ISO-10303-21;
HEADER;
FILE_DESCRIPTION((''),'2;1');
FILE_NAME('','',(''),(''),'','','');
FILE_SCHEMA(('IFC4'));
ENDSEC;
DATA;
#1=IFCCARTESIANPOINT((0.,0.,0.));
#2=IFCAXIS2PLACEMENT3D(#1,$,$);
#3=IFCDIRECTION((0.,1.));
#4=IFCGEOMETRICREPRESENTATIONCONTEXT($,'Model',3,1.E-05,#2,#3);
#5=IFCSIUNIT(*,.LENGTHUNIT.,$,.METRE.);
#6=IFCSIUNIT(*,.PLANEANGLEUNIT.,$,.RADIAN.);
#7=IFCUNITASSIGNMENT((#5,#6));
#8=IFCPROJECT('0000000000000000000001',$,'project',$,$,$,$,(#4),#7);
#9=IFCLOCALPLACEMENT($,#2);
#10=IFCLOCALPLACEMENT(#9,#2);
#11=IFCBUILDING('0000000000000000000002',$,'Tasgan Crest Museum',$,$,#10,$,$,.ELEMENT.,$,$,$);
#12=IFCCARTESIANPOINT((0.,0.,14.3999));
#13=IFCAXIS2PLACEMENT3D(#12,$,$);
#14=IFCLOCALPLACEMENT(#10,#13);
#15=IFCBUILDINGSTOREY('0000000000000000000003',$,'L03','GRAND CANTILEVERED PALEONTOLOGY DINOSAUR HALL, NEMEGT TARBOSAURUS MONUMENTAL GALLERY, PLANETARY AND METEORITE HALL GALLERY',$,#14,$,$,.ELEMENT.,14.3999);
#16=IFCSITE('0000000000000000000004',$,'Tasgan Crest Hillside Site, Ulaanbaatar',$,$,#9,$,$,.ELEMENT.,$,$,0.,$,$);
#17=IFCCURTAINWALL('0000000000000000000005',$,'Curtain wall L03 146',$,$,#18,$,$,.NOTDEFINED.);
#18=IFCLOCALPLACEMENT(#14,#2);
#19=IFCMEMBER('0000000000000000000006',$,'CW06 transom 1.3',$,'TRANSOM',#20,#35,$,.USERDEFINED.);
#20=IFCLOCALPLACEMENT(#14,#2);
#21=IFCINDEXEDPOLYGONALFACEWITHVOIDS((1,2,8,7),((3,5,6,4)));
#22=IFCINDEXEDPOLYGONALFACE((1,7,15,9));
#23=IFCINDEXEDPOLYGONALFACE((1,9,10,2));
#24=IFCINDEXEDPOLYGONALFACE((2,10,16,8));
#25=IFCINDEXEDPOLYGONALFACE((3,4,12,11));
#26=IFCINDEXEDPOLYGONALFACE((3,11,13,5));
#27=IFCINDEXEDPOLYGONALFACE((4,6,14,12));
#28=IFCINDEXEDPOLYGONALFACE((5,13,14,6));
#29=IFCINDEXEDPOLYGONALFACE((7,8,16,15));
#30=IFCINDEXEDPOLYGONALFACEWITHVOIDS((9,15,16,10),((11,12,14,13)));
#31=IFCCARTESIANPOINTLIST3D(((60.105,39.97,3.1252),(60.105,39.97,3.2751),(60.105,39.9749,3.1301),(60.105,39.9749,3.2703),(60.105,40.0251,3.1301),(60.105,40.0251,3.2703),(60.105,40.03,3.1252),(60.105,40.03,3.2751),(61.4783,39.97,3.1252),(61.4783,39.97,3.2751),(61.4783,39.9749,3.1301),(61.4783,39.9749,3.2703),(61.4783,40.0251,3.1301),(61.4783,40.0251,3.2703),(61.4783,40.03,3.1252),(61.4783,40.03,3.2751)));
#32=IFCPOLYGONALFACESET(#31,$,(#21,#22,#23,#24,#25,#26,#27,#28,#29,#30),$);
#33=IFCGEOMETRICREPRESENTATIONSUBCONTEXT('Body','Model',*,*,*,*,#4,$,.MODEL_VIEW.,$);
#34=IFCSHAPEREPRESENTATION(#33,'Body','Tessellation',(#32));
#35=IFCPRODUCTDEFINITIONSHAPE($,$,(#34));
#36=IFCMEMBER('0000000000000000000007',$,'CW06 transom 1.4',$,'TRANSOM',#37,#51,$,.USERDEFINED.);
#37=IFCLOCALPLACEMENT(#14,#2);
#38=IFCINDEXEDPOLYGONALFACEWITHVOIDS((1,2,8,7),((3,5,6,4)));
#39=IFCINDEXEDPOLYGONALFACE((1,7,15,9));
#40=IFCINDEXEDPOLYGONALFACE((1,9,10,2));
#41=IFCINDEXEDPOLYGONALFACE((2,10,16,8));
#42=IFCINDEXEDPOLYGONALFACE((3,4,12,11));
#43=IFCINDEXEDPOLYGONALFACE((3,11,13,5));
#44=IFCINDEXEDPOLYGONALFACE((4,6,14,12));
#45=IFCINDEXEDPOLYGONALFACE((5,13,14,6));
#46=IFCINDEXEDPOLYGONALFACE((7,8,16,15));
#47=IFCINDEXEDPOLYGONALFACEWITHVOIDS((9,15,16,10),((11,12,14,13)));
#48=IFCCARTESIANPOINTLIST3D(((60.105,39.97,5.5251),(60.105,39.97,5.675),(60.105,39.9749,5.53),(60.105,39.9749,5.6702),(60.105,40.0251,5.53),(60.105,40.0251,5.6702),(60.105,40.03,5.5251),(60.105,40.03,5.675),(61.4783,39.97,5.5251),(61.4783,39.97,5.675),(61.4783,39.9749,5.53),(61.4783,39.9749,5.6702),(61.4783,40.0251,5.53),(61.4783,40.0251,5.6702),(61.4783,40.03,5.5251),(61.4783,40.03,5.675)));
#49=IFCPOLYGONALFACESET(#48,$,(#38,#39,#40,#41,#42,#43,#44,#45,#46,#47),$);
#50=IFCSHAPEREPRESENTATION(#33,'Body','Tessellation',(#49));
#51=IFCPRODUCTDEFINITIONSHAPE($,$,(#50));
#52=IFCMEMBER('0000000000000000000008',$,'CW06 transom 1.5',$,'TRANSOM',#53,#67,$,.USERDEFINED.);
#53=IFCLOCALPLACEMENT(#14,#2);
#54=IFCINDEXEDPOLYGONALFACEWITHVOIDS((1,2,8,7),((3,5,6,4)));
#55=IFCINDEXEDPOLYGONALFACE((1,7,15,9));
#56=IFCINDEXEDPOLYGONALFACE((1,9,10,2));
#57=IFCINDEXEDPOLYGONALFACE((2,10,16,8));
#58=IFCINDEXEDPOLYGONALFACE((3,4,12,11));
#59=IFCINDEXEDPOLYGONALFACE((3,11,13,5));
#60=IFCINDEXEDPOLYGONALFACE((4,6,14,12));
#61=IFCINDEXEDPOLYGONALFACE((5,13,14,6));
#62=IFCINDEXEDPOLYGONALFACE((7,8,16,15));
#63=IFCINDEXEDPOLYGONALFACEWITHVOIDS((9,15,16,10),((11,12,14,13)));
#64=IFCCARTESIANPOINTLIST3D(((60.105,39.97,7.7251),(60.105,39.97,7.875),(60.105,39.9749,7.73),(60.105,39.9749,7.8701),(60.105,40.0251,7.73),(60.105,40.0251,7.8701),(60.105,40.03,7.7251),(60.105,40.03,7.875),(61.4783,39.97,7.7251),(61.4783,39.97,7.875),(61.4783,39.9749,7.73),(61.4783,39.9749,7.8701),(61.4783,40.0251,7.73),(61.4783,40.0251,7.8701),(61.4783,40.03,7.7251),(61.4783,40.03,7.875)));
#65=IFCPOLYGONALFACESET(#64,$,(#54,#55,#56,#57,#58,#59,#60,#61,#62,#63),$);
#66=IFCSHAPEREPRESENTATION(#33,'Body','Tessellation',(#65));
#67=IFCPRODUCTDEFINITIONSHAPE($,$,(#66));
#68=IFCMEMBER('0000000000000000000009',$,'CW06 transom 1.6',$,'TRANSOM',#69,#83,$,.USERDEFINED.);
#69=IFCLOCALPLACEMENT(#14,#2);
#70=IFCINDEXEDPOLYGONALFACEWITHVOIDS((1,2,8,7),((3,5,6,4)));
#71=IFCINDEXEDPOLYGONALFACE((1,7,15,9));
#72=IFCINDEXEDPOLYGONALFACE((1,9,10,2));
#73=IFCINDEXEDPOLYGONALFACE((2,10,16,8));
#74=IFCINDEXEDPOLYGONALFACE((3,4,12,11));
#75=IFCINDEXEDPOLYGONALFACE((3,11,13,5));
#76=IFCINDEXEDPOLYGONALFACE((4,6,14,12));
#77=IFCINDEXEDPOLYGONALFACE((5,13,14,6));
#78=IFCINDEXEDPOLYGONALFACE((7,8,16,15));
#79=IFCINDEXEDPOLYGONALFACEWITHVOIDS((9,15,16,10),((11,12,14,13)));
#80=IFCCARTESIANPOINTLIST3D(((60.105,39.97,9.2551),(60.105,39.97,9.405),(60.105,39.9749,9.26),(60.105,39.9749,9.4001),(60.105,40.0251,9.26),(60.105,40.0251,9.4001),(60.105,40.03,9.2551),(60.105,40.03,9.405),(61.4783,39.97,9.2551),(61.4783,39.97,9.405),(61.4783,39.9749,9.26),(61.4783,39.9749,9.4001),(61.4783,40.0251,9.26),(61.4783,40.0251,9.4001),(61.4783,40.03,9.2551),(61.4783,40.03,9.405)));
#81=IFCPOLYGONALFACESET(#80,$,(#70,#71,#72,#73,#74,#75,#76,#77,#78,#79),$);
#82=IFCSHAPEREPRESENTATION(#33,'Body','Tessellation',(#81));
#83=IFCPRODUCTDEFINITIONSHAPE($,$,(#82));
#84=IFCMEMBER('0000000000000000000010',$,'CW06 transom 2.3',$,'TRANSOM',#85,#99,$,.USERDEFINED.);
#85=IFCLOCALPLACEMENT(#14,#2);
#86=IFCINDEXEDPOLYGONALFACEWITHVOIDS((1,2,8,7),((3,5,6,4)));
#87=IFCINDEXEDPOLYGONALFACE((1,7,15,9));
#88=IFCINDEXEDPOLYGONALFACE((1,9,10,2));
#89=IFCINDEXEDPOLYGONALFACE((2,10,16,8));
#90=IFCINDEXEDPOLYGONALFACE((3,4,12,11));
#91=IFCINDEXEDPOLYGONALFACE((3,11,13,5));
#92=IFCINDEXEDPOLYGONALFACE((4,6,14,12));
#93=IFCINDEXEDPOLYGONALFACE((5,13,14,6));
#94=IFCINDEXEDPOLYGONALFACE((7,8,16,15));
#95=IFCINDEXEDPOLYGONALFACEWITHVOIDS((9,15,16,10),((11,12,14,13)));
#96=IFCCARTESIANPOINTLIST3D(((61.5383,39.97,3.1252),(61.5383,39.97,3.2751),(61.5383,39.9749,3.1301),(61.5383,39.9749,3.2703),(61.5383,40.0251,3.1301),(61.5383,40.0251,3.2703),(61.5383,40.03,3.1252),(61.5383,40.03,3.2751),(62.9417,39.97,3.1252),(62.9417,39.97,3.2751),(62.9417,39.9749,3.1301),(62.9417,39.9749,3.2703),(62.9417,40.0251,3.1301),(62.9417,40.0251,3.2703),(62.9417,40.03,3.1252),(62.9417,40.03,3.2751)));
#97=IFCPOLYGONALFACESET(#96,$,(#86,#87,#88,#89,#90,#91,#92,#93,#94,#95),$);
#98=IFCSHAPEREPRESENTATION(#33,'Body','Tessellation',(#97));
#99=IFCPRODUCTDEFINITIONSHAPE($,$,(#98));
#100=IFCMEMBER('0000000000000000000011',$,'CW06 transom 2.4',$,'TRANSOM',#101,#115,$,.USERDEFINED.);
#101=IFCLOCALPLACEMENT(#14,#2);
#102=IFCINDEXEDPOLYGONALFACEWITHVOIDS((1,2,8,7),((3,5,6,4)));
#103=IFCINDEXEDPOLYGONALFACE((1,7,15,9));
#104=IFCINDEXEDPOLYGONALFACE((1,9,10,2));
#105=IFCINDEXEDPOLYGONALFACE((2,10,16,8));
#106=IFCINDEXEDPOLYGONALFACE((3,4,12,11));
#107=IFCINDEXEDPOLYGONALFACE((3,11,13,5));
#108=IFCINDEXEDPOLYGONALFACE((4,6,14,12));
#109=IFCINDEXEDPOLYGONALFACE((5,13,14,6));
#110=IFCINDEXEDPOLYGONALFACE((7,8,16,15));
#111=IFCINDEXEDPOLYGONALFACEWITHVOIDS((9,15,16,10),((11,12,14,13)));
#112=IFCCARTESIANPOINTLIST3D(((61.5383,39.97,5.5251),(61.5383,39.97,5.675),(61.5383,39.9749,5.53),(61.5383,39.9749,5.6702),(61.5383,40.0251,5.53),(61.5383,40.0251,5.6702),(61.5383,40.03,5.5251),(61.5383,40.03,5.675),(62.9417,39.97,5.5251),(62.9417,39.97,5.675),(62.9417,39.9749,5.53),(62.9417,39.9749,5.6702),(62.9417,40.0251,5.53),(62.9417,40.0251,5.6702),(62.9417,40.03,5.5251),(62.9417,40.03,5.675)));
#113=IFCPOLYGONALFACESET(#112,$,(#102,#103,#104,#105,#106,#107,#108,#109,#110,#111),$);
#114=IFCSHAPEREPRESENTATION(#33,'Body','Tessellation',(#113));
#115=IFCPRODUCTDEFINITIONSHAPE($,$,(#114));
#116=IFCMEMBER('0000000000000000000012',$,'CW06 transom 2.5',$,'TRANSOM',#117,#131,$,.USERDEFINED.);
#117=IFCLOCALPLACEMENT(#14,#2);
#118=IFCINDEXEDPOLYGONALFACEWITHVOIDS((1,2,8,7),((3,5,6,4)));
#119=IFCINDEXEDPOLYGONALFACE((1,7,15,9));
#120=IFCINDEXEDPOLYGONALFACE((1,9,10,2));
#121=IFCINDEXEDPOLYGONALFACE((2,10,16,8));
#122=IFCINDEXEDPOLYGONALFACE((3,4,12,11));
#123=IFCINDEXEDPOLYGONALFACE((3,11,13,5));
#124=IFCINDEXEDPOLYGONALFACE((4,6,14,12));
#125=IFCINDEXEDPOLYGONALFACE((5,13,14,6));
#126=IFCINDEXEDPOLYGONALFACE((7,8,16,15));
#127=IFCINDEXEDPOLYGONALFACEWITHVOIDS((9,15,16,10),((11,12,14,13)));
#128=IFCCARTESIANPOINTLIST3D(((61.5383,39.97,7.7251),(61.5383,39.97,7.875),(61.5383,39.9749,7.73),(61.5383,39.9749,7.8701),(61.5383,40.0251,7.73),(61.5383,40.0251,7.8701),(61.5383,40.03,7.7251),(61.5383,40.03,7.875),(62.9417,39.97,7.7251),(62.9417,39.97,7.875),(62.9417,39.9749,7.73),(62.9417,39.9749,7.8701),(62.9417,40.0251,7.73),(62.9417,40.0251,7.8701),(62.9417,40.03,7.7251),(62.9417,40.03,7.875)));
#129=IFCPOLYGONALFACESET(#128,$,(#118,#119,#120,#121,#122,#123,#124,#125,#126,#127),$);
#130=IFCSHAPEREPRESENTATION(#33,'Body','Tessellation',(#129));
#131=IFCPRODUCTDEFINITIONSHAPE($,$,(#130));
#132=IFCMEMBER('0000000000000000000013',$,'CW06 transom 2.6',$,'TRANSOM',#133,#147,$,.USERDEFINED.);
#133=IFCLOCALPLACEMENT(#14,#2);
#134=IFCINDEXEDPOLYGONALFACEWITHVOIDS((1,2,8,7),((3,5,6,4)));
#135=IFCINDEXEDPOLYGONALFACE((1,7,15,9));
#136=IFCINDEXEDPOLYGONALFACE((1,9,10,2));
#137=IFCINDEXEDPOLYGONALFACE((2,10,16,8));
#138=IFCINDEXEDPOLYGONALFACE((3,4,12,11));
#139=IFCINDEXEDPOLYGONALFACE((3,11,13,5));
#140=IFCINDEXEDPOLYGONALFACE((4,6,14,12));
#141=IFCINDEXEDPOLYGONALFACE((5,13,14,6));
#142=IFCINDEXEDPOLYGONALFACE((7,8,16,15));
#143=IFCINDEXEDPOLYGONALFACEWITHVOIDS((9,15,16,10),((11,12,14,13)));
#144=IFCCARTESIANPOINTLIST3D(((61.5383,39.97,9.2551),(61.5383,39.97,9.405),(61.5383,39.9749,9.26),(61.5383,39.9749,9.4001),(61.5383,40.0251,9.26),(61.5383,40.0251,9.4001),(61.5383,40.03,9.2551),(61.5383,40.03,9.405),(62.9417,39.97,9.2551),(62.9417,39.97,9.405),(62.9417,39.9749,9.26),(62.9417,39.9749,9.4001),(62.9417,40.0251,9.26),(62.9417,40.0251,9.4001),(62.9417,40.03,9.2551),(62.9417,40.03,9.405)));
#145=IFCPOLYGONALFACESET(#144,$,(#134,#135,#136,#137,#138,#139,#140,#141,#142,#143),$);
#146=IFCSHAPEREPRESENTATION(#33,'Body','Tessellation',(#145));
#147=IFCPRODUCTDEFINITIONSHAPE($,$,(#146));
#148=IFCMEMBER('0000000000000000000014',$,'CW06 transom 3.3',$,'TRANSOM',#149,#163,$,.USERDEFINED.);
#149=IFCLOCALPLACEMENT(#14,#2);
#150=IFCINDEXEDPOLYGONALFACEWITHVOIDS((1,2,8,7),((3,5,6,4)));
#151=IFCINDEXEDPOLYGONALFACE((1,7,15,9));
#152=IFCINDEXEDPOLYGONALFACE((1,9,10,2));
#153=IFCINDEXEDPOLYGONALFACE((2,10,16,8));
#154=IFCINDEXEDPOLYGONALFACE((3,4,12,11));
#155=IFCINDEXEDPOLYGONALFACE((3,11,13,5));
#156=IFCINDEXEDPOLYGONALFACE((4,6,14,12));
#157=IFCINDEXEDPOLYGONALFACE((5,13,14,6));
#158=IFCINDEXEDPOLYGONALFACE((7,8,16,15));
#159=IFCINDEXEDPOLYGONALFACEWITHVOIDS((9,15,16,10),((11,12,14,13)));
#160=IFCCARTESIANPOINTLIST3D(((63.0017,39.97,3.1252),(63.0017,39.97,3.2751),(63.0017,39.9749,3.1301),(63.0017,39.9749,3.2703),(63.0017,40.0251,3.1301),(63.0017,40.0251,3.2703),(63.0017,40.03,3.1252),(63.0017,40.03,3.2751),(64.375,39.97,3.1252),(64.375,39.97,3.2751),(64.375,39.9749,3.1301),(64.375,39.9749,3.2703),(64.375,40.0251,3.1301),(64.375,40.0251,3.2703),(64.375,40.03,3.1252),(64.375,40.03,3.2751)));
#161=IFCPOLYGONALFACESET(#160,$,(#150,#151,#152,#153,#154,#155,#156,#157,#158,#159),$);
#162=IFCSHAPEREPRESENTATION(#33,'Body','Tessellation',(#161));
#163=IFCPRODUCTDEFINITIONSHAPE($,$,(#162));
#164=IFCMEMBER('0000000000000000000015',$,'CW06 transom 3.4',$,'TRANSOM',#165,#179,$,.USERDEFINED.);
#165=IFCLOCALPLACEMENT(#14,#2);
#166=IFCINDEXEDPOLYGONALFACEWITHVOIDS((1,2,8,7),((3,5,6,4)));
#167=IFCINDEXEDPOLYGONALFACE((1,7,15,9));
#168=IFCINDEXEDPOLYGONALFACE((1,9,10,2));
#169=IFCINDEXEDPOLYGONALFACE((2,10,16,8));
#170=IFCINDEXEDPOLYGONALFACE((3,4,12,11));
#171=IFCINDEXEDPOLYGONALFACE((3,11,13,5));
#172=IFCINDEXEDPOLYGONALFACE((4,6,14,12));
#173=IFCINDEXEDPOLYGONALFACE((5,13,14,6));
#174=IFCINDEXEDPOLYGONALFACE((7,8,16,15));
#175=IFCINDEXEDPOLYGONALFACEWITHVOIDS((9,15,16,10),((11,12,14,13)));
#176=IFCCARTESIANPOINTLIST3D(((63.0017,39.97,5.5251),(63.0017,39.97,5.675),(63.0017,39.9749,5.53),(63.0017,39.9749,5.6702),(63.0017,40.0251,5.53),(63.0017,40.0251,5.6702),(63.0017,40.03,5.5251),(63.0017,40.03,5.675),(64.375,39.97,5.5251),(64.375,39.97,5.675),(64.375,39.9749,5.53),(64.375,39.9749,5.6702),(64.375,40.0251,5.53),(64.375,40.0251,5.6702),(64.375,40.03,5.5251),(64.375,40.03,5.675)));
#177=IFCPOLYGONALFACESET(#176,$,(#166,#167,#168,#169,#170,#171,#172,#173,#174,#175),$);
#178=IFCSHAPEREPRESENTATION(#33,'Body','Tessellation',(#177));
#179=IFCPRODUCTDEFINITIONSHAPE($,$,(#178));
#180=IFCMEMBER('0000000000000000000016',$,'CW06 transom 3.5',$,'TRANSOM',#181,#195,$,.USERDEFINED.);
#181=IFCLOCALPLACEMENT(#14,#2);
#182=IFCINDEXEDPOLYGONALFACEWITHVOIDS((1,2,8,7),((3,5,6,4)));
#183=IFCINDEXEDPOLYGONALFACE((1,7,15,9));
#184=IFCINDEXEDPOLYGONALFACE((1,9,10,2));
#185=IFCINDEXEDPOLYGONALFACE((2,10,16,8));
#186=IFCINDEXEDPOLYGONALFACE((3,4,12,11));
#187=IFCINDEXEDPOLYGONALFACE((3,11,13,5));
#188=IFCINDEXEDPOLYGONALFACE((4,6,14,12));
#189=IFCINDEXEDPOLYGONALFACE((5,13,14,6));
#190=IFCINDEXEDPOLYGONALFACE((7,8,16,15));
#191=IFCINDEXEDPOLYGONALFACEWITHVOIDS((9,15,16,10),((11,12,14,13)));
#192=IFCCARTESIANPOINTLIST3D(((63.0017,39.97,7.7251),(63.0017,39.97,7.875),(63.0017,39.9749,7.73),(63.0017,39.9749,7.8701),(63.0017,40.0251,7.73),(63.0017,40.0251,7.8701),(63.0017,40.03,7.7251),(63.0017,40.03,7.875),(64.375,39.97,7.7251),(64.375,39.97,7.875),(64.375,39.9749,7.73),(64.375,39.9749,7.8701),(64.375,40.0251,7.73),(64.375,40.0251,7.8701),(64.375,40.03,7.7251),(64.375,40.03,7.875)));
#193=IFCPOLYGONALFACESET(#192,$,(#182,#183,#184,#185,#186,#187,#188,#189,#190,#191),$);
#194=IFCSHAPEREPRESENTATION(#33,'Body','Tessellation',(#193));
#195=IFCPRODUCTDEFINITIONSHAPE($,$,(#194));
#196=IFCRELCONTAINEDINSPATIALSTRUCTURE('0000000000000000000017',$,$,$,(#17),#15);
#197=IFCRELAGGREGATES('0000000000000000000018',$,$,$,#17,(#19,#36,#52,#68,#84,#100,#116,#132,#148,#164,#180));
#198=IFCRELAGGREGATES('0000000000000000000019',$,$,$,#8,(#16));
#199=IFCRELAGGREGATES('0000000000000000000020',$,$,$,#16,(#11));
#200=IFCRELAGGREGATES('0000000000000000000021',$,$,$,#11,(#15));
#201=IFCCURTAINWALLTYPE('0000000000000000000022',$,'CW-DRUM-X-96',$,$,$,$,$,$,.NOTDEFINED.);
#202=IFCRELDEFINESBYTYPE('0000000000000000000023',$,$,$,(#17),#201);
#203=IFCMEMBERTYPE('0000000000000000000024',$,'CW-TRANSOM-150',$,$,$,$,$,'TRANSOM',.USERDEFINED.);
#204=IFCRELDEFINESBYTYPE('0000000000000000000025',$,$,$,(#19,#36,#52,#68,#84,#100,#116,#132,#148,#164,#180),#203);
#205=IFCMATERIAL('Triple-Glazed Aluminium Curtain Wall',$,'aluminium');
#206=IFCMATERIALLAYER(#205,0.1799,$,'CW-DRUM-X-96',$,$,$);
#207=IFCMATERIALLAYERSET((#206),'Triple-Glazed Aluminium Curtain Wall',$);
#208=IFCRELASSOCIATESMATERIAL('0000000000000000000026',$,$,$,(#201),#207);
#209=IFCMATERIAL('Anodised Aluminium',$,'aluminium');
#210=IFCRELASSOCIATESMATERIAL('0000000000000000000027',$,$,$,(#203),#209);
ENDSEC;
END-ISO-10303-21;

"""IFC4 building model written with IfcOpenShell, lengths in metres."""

from ifc_helpers import new_model, si_unit, direction, frame, origin, origin_2d, place, context, subcontext, project, spatial, hollow_rectangle, extrude, material, layer, layer_set, material_profile, profile_set, type_object, element, aggregate, save


model = new_model("IFC4")

# Units and contexts
model_context = context("Model", 3, precision=1e-05, world=origin(), true_north=direction((0.0, 1.0)))
body_context = subcontext(model_context, "Body", "Model", "MODEL_VIEW")
ifc_project = project(units=[si_unit("LENGTHUNIT", "METRE"), si_unit("PLANEANGLEUNIT", "RADIAN")], contexts=[model_context])

# Site, building, storey
site_placement = place(None, origin())
site = spatial("IfcSite", under=ifc_project, at=site_placement, Name="Tasgan Crest Hillside Site, Ulaanbaatar", CompositionType="ELEMENT", RefElevation=0.0)
building_placement = place(site_placement, origin())
building = spatial("IfcBuilding", under=site, at=building_placement, Name="Tasgan Crest Museum", CompositionType="ELEMENT")
storey_placement = place(building_placement, frame((0.0, 0.0, 14.3999)))
storey = spatial("IfcBuildingStorey", under=building, at=storey_placement, Name="L03", Description="GRAND CANTILEVERED PALEONTOLOGY DINOSAUR HALL, NEMEGT TARBOSAURUS MONUMENTAL GALLERY, PLANETARY AND METEORITE HALL GALLERY", CompositionType="ELEMENT", Elevation=14.3999)

# Curtain wall, members
ifc_material_1 = material(Name="Triple-Glazed Aluminium Curtain Wall", Category="aluminium")
ifc_layer_1 = layer(ifc_material_1, 0.1799, Name="CW-DRUM-X-96")
ifc_layer_set_1 = layer_set([ifc_layer_1], Name="Triple-Glazed Aluminium Curtain Wall")
curtain_wall_type = type_object("IfcCurtainWallType", Name="CW-DRUM-X-96", PredefinedType="NOTDEFINED", material=ifc_layer_set_1)
curtain_wall_1_placement = place(storey_placement, origin())
curtain_wall_1 = element("IfcCurtainWall", 1, at=curtain_wall_1_placement, inside=storey, type_object=curtain_wall_type, Name="Curtain wall L03 146", PredefinedType="NOTDEFINED")
ifc_material_2 = material(Name="Anodised Aluminium", Category="aluminium")
ifc_material_profile = material_profile(ifc_material_2, hollow_rectangle(XDim=0.0601, YDim=0.1499, WallThickness=0.0049, at=origin_2d()), Name="ALU TRANSOM 150x60x5")
ifc_profile_set = profile_set([ifc_material_profile], Name="Anodised Aluminium")
member_type = type_object("IfcMemberType", Name="CW-TRANSOM-150", ElementType="TRANSOM", PredefinedType="USERDEFINED", material=ifc_profile_set)
member_1_placement = place(storey_placement, frame((60.105, 40.0, 3.2002), z_axis=(1.0, 0.0, 0.0), x_axis=(0.0, 1.0, 0.0)))
member_1 = element("IfcMember", 2, at=member_1_placement, type_object=member_type, Name="CW06 transom 1.3", ObjectType="TRANSOM", PredefinedType="USERDEFINED", context=body_context, shape_type="SweptSolid", body=[
    extrude(hollow_rectangle(XDim=0.0601, YDim=0.1499, WallThickness=0.0049, at=origin_2d()), origin(), (0.0, 0.0, 1.0), 1.3733),
])
member_2_placement = place(storey_placement, frame((60.105, 40.0, 5.6001), z_axis=(1.0, 0.0, 0.0), x_axis=(0.0, 1.0, 0.0)))
member_2 = element("IfcMember", 3, at=member_2_placement, type_object=member_type, Name="CW06 transom 1.4", ObjectType="TRANSOM", PredefinedType="USERDEFINED", context=body_context, shape_type="SweptSolid", body=[
    extrude(hollow_rectangle(XDim=0.0601, YDim=0.1499, WallThickness=0.0049, at=origin_2d()), origin(), (0.0, 0.0, 1.0), 1.3733),
])
member_3_placement = place(storey_placement, frame((60.105, 40.0, 7.8), z_axis=(1.0, 0.0, 0.0), x_axis=(0.0, 1.0, 0.0)))
member_3 = element("IfcMember", 4, at=member_3_placement, type_object=member_type, Name="CW06 transom 1.5", ObjectType="TRANSOM", PredefinedType="USERDEFINED", context=body_context, shape_type="SweptSolid", body=[
    extrude(hollow_rectangle(XDim=0.0601, YDim=0.1499, WallThickness=0.0049, at=origin_2d()), origin(), (0.0, 0.0, 1.0), 1.3733),
])
member_4_placement = place(storey_placement, frame((60.105, 40.0, 9.3301), z_axis=(1.0, 0.0, 0.0), x_axis=(0.0, 1.0, 0.0)))
member_4 = element("IfcMember", 5, at=member_4_placement, type_object=member_type, Name="CW06 transom 1.6", ObjectType="TRANSOM", PredefinedType="USERDEFINED", context=body_context, shape_type="SweptSolid", body=[
    extrude(hollow_rectangle(XDim=0.0601, YDim=0.1499, WallThickness=0.0049, at=origin_2d()), origin(), (0.0, 0.0, 1.0), 1.3733),
])
member_5_placement = place(storey_placement, frame((61.5383, 40.0, 3.2002), z_axis=(1.0, 0.0, 0.0), x_axis=(0.0, 1.0, 0.0)))
member_5 = element("IfcMember", 6, at=member_5_placement, type_object=member_type, Name="CW06 transom 2.3", ObjectType="TRANSOM", PredefinedType="USERDEFINED", context=body_context, shape_type="SweptSolid", body=[
    extrude(hollow_rectangle(XDim=0.0601, YDim=0.1499, WallThickness=0.0049, at=origin_2d()), origin(), (0.0, 0.0, 1.0), 1.4033),
])
member_6_placement = place(storey_placement, frame((61.5383, 40.0, 5.6001), z_axis=(1.0, 0.0, 0.0), x_axis=(0.0, 1.0, 0.0)))
member_6 = element("IfcMember", 7, at=member_6_placement, type_object=member_type, Name="CW06 transom 2.4", ObjectType="TRANSOM", PredefinedType="USERDEFINED", context=body_context, shape_type="SweptSolid", body=[
    extrude(hollow_rectangle(XDim=0.0601, YDim=0.1499, WallThickness=0.0049, at=origin_2d()), origin(), (0.0, 0.0, 1.0), 1.4033),
])
member_7_placement = place(storey_placement, frame((61.5383, 40.0, 7.8), z_axis=(1.0, 0.0, 0.0), x_axis=(0.0, 1.0, 0.0)))
member_7 = element("IfcMember", 8, at=member_7_placement, type_object=member_type, Name="CW06 transom 2.5", ObjectType="TRANSOM", PredefinedType="USERDEFINED", context=body_context, shape_type="SweptSolid", body=[
    extrude(hollow_rectangle(XDim=0.0601, YDim=0.1499, WallThickness=0.0049, at=origin_2d()), origin(), (0.0, 0.0, 1.0), 1.4033),
])
member_8_placement = place(storey_placement, frame((61.5383, 40.0, 9.3301), z_axis=(1.0, 0.0, 0.0), x_axis=(0.0, 1.0, 0.0)))
member_8 = element("IfcMember", 9, at=member_8_placement, type_object=member_type, Name="CW06 transom 2.6", ObjectType="TRANSOM", PredefinedType="USERDEFINED", context=body_context, shape_type="SweptSolid", body=[
    extrude(hollow_rectangle(XDim=0.0601, YDim=0.1499, WallThickness=0.0049, at=origin_2d()), origin(), (0.0, 0.0, 1.0), 1.4033),
])
member_9_placement = place(storey_placement, frame((63.0017, 40.0, 3.2002), z_axis=(1.0, 0.0, 0.0), x_axis=(0.0, 1.0, 0.0)))
member_9 = element("IfcMember", 10, at=member_9_placement, type_object=member_type, Name="CW06 transom 3.3", ObjectType="TRANSOM", PredefinedType="USERDEFINED", context=body_context, shape_type="SweptSolid", body=[
    extrude(hollow_rectangle(XDim=0.0601, YDim=0.1499, WallThickness=0.0049, at=origin_2d()), origin(), (0.0, 0.0, 1.0), 1.3733),
])
member_10_placement = place(storey_placement, frame((63.0017, 40.0, 5.6001), z_axis=(1.0, 0.0, 0.0), x_axis=(0.0, 1.0, 0.0)))
member_10 = element("IfcMember", 11, at=member_10_placement, type_object=member_type, Name="CW06 transom 3.4", ObjectType="TRANSOM", PredefinedType="USERDEFINED", context=body_context, shape_type="SweptSolid", body=[
    extrude(hollow_rectangle(XDim=0.0601, YDim=0.1499, WallThickness=0.0049, at=origin_2d()), origin(), (0.0, 0.0, 1.0), 1.3733),
])
member_11_placement = place(storey_placement, frame((63.0017, 40.0, 7.8), z_axis=(1.0, 0.0, 0.0), x_axis=(0.0, 1.0, 0.0)))
member_11 = element("IfcMember", 12, at=member_11_placement, type_object=member_type, Name="CW06 transom 3.5", ObjectType="TRANSOM", PredefinedType="USERDEFINED", context=body_context, shape_type="SweptSolid", body=[
    extrude(hollow_rectangle(XDim=0.0601, YDim=0.1499, WallThickness=0.0049, at=origin_2d()), origin(), (0.0, 0.0, 1.0), 1.3733),
])

aggregate(curtain_wall_1, [member_1, member_2, member_3, member_4, member_5, member_6, member_7, member_8, member_9, member_10, member_11])

save(model, "model.ifc")
